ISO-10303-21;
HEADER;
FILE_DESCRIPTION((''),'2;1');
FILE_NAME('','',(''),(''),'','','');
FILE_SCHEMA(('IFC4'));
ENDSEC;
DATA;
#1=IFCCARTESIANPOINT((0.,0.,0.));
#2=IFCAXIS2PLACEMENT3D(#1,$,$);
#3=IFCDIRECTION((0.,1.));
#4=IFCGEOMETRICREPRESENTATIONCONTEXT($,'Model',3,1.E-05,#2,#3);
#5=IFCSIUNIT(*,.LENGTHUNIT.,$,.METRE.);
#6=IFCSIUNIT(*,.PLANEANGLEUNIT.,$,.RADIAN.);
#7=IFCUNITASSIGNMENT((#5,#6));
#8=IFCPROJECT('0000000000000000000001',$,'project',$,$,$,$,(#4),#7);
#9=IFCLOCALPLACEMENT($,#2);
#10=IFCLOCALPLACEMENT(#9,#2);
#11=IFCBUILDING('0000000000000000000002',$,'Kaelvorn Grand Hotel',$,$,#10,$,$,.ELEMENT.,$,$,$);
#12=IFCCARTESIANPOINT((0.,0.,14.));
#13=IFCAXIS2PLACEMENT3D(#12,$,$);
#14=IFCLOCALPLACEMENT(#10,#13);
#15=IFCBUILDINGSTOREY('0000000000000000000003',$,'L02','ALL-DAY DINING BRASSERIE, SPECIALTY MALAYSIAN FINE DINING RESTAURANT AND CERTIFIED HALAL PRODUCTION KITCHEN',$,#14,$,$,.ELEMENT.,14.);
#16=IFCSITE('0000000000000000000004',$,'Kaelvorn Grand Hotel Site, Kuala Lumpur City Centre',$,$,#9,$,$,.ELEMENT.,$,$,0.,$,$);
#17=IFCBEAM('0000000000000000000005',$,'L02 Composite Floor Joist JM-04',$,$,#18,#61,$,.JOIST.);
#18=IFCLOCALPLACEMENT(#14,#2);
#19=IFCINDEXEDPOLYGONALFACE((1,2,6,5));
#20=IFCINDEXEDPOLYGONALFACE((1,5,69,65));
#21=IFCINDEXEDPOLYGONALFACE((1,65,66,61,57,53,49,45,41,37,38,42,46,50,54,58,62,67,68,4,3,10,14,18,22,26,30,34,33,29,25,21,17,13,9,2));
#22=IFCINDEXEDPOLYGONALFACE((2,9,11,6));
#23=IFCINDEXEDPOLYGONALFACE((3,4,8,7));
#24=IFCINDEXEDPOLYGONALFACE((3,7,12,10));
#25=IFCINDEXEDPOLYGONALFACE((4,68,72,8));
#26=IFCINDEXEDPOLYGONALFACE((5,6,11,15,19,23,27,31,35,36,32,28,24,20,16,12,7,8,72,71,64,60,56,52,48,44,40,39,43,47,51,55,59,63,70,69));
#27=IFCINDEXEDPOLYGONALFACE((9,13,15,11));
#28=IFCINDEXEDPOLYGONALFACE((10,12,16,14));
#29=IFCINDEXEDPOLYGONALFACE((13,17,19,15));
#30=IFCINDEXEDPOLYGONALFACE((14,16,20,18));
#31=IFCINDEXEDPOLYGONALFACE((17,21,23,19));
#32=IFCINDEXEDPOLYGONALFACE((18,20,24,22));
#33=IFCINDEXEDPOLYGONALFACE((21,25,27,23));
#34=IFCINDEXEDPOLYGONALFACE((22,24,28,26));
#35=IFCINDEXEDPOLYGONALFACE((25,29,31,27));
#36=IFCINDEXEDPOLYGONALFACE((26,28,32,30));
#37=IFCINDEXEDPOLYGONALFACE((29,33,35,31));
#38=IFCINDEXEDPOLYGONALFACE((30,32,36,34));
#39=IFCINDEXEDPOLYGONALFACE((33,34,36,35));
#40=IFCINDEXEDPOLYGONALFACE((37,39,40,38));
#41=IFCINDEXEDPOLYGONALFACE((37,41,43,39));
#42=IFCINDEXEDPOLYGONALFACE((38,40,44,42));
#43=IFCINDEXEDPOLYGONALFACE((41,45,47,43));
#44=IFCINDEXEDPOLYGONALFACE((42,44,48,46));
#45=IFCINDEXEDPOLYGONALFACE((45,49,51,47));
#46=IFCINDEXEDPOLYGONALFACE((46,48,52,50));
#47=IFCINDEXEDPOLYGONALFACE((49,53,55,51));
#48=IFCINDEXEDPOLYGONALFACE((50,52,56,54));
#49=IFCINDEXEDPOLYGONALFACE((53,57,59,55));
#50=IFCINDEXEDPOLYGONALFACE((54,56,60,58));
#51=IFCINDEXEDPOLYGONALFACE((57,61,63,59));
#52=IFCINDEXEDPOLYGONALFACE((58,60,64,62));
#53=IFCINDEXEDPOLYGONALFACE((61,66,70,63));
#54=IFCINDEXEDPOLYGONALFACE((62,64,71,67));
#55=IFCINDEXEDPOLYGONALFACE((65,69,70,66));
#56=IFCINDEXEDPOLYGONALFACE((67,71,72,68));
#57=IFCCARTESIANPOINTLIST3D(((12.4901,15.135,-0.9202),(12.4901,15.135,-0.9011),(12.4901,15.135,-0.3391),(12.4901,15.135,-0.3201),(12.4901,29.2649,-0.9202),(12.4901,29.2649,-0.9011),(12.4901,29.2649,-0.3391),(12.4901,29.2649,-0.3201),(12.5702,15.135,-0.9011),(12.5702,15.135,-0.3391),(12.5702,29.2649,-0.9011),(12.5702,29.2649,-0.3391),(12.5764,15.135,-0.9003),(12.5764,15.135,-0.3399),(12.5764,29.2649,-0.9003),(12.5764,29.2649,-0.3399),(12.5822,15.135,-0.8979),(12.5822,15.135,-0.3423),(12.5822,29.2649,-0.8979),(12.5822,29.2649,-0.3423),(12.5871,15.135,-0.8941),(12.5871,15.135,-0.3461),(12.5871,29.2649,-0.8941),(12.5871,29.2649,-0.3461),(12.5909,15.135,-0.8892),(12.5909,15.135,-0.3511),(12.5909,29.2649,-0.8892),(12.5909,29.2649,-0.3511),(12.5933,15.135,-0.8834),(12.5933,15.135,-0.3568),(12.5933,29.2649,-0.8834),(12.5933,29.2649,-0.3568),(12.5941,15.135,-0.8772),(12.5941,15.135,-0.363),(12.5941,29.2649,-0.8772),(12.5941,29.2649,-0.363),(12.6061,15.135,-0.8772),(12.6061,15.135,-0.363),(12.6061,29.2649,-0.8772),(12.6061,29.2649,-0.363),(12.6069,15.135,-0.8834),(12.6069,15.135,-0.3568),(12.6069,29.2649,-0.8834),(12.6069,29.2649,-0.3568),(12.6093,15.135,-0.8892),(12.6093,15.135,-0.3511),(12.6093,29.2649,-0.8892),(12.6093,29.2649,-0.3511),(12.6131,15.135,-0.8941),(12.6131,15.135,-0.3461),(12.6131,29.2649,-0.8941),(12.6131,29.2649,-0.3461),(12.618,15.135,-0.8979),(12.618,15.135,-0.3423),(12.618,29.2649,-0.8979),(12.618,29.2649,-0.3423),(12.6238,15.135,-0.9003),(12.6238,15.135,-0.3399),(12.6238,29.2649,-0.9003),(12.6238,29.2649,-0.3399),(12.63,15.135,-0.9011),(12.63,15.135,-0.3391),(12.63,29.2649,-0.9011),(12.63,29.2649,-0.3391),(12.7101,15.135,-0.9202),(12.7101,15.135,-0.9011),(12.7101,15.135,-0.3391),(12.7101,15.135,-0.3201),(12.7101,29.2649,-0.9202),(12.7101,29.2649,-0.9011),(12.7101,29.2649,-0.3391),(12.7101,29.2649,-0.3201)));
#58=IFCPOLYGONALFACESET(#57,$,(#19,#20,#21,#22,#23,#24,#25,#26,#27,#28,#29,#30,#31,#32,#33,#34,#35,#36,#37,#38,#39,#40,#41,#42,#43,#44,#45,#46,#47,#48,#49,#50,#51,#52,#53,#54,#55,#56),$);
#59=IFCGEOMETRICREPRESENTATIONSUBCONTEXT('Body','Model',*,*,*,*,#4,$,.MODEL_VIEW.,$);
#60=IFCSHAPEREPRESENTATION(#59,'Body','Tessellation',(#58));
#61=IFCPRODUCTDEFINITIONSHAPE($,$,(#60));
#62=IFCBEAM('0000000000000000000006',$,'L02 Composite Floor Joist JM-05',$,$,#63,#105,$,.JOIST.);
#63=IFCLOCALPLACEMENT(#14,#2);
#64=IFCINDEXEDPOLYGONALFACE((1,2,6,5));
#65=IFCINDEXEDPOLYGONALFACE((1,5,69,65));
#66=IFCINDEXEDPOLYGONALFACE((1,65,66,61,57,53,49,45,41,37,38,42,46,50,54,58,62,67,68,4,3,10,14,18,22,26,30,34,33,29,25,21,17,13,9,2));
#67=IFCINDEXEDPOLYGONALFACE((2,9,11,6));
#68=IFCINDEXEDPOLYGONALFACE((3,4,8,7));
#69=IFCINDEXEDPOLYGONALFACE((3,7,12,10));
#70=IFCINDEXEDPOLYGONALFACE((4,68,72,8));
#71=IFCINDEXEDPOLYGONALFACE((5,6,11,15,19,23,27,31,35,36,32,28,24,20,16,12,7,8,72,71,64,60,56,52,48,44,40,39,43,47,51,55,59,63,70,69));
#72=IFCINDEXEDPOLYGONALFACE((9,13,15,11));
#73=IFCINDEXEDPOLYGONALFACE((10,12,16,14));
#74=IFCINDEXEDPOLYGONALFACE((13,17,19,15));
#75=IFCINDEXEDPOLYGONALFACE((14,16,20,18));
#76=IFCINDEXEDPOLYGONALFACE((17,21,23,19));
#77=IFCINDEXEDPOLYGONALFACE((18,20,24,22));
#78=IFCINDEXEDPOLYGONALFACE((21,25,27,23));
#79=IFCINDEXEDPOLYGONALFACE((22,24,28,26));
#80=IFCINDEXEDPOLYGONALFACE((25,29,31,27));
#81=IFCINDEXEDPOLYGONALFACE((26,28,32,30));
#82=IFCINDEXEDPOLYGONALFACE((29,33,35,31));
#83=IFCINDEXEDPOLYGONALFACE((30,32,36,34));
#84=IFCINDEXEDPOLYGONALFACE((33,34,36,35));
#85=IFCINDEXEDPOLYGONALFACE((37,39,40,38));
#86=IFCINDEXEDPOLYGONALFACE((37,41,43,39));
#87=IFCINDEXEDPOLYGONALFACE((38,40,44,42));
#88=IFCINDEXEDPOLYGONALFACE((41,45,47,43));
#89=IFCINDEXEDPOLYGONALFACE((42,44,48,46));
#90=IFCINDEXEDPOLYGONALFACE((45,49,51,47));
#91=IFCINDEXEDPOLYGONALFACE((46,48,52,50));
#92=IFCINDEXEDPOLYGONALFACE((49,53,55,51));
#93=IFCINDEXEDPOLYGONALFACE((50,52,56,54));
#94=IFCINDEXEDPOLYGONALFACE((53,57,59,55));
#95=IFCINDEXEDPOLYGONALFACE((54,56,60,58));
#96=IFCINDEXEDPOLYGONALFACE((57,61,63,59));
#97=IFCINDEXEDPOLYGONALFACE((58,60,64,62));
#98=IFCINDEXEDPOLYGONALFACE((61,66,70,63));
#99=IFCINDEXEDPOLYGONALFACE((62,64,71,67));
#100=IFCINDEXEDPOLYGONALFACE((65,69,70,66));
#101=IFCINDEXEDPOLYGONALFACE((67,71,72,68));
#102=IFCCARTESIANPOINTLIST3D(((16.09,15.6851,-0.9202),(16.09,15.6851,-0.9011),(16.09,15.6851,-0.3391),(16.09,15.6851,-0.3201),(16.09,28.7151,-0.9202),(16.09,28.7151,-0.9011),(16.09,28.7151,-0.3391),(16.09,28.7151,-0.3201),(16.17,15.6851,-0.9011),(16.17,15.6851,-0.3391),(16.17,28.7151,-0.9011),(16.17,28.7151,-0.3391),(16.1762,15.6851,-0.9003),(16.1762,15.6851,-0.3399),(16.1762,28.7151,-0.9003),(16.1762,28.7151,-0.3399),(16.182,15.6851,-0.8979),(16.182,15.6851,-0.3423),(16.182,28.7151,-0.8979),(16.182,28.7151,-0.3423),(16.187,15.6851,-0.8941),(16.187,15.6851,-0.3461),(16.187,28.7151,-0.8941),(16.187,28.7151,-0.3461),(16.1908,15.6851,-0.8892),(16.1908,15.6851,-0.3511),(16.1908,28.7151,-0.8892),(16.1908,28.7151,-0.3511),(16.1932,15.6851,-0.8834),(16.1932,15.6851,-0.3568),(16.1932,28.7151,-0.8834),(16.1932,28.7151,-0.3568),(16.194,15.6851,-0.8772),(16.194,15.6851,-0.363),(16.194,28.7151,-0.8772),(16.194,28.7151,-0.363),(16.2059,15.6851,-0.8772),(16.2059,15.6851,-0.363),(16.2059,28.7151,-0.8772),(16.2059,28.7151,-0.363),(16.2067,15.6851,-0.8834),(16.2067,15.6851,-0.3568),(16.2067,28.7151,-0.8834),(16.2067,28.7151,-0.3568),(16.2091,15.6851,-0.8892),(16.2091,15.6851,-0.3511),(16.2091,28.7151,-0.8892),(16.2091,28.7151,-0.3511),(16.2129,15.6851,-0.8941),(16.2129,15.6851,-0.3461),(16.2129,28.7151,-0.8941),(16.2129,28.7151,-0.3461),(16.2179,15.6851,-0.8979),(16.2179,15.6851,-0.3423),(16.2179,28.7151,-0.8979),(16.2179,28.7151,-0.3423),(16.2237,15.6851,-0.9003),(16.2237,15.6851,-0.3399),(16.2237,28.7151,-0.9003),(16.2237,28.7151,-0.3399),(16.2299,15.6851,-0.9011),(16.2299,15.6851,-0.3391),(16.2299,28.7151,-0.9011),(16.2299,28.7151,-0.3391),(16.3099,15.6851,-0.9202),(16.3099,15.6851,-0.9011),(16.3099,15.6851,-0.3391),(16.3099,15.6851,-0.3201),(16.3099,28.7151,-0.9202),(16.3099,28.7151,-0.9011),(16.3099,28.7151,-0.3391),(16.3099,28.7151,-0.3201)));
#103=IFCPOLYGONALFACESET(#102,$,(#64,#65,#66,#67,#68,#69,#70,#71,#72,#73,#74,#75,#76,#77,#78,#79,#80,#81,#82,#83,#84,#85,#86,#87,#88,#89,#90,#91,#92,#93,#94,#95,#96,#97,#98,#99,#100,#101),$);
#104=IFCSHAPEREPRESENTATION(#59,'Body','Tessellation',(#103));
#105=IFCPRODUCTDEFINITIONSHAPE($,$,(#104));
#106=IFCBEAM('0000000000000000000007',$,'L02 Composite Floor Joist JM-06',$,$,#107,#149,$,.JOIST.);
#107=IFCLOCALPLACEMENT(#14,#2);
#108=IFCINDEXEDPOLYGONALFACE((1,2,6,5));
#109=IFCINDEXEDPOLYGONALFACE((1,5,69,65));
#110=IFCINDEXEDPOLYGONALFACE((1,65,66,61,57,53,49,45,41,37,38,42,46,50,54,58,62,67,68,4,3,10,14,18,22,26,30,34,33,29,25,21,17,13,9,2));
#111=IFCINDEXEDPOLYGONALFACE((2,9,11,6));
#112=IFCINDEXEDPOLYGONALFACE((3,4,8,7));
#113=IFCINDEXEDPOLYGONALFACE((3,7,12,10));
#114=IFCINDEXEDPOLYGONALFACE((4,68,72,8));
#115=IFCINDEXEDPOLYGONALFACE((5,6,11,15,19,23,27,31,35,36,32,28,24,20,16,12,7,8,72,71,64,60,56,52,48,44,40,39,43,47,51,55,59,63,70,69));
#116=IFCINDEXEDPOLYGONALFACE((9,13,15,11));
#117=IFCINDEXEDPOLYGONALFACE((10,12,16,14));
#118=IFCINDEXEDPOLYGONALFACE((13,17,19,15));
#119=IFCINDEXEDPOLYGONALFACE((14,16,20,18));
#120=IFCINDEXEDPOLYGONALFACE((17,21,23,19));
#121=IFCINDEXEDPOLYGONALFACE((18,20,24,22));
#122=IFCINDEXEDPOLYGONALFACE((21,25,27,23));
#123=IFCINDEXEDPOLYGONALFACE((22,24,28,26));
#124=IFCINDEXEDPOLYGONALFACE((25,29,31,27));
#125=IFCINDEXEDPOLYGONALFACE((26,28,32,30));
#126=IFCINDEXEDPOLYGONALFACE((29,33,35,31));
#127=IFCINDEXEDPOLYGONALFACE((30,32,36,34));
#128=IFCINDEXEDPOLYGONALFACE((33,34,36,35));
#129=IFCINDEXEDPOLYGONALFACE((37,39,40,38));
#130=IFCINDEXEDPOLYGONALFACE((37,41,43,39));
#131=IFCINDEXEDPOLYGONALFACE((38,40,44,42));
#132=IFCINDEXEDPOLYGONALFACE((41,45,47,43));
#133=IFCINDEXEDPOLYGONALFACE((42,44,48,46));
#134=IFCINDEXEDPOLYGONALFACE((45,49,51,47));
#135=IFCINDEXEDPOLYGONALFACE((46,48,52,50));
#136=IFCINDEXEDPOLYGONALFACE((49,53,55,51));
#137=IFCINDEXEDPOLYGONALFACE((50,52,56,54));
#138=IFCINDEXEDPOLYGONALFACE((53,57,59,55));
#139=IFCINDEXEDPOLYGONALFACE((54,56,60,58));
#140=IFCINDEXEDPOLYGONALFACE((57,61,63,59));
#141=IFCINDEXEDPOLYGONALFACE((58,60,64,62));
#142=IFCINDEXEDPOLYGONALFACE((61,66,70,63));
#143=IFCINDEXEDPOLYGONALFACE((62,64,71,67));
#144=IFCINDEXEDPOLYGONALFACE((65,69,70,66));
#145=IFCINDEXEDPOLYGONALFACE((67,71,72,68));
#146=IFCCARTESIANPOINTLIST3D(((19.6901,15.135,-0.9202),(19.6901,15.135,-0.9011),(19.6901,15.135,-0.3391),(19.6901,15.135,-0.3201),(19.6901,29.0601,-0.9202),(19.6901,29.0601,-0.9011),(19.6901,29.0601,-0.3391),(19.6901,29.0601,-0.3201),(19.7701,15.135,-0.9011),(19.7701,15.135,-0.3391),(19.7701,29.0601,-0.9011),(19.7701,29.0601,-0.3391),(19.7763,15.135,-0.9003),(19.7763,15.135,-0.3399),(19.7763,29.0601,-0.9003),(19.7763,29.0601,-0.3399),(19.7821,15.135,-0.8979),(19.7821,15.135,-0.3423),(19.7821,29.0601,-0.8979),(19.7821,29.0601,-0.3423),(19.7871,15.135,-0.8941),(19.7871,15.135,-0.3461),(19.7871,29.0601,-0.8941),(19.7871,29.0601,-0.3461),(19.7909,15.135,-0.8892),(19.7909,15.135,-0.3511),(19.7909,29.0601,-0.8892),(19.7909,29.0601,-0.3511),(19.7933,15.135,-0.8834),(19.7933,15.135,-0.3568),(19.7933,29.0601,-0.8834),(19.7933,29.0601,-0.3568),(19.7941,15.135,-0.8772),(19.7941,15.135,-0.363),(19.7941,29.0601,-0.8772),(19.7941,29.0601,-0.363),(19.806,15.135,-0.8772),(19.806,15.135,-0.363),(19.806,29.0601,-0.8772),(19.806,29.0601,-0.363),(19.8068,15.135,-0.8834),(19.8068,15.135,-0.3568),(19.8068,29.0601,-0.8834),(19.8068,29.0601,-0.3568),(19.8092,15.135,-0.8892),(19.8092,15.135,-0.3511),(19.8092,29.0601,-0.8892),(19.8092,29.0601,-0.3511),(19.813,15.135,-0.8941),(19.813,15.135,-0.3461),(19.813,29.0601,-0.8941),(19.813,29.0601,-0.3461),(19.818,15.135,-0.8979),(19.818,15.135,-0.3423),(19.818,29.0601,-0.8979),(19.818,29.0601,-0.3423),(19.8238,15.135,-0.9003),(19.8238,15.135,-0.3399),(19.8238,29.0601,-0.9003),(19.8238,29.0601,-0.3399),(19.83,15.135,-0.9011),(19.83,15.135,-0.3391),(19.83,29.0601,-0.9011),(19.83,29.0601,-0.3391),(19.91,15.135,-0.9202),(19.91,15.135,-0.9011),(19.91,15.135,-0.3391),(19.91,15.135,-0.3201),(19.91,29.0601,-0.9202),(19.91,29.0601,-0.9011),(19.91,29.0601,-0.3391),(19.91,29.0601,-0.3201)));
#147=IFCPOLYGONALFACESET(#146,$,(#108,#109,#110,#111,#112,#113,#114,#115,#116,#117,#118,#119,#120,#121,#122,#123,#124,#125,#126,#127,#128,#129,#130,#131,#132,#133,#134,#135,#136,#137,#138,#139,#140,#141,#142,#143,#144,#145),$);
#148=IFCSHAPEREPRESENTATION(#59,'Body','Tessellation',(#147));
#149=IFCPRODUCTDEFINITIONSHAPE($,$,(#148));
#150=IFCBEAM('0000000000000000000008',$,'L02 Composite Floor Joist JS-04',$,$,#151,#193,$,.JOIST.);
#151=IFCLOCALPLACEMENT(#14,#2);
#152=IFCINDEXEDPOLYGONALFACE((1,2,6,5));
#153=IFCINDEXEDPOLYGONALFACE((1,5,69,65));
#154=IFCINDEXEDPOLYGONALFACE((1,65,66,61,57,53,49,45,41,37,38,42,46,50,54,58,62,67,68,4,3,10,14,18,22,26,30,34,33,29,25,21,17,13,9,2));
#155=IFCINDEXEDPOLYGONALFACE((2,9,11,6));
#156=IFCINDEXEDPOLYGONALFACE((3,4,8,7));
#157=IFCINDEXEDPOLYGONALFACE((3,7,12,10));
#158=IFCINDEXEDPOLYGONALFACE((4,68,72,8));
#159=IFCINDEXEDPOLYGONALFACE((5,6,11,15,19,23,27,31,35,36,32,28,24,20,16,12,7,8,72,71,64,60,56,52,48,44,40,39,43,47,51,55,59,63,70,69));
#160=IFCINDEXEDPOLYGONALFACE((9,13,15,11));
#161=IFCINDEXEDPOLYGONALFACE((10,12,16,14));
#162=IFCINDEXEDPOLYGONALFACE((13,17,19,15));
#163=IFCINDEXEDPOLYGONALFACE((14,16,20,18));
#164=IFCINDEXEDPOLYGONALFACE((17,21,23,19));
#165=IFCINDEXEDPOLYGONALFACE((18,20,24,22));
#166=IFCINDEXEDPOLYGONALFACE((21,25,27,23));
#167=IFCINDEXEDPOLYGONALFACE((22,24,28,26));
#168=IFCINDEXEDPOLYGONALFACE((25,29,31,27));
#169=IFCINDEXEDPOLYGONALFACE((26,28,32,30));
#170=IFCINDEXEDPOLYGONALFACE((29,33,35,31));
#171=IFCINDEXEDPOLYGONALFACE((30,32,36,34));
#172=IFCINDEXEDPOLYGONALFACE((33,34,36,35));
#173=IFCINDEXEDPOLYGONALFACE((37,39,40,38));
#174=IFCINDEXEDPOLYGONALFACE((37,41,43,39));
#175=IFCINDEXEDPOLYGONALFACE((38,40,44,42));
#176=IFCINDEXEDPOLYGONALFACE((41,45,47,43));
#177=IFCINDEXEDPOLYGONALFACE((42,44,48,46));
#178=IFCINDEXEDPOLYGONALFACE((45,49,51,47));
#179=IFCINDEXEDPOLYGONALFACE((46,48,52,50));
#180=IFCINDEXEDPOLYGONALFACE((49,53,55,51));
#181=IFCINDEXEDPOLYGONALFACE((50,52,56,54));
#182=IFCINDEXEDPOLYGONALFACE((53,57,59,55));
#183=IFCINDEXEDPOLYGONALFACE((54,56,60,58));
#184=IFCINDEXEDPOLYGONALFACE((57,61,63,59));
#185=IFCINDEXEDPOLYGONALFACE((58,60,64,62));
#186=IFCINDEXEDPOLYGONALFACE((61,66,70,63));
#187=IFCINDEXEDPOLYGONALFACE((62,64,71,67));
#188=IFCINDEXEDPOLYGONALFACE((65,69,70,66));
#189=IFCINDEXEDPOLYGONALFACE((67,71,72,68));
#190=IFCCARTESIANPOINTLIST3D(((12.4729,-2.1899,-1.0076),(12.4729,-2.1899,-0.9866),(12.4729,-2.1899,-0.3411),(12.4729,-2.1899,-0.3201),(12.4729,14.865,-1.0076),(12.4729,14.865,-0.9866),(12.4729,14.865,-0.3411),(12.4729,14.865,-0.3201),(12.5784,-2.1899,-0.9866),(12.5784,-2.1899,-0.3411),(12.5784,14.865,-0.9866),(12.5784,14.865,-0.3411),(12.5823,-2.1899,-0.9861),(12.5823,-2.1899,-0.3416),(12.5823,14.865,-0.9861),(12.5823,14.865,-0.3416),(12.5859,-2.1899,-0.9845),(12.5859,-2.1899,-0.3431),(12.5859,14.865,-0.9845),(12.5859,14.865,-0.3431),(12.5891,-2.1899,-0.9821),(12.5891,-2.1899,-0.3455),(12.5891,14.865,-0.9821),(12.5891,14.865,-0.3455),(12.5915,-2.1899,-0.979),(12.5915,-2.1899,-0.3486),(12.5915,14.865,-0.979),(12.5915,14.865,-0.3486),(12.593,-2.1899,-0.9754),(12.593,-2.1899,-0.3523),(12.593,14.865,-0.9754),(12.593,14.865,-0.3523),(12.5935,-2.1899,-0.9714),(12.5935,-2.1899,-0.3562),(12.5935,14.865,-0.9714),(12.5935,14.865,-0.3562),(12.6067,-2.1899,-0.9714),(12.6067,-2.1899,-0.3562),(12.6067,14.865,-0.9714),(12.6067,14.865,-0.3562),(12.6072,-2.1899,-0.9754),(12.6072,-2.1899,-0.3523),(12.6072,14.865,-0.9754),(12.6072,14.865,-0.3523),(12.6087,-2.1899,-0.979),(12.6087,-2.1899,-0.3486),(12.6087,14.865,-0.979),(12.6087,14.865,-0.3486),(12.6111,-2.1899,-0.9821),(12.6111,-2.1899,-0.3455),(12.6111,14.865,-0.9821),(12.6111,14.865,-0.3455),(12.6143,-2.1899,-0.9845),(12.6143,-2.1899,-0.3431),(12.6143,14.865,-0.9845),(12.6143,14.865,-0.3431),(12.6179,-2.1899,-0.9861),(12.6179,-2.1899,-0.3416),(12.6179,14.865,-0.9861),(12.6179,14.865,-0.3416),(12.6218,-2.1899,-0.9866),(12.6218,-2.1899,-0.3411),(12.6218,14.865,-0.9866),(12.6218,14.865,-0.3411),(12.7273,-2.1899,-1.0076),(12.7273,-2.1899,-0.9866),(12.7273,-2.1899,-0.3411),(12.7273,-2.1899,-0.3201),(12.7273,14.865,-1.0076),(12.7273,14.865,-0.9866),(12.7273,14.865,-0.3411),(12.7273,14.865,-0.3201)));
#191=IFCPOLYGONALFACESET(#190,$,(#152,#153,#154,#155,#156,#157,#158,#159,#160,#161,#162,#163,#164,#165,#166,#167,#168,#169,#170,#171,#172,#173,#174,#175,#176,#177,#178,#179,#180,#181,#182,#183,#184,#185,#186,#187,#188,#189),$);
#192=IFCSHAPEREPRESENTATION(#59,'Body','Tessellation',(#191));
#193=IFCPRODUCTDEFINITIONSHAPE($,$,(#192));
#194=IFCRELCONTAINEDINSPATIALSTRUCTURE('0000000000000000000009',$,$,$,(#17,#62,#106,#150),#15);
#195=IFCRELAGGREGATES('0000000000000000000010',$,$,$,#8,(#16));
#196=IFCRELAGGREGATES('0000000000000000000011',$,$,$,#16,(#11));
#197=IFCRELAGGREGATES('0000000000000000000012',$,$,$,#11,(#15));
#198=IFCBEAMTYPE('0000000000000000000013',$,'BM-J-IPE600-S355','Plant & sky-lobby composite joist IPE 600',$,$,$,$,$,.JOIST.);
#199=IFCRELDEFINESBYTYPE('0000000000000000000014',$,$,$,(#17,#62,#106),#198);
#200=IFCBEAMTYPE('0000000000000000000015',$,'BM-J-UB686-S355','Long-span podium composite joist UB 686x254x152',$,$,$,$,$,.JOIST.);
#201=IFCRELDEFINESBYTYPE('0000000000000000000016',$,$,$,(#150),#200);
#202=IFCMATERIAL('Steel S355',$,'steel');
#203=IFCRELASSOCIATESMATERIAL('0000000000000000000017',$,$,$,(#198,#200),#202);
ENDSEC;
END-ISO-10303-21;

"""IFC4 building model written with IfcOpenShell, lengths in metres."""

from ifc_helpers import new_model, si_unit, direction, frame, origin, origin_2d, place, context, subcontext, project, spatial, i_section, extrude, material, material_profile, profile_set, type_object, element, save


model = new_model("IFC4")

# Units and contexts
model_context = context("Model", 3, precision=1e-05, world=origin(), true_north=direction((0.0, 1.0)))
body_context = subcontext(model_context, "Body", "Model", "MODEL_VIEW")
ifc_project = project(units=[si_unit("LENGTHUNIT", "METRE"), si_unit("PLANEANGLEUNIT", "RADIAN")], contexts=[model_context])

# Site, building, storey
site_placement = place(None, origin())
site = spatial("IfcSite", under=ifc_project, at=site_placement, Name="Kaelvorn Grand Hotel Site, Kuala Lumpur City Centre", CompositionType="ELEMENT", RefElevation=0.0)
building_placement = place(site_placement, origin())
building = spatial("IfcBuilding", under=site, at=building_placement, Name="Kaelvorn Grand Hotel", CompositionType="ELEMENT")
storey_placement = place(building_placement, frame((0.0, 0.0, 14.0)))
storey = spatial("IfcBuildingStorey", under=building, at=storey_placement, Name="L02", Description="ALL-DAY DINING BRASSERIE, SPECIALTY MALAYSIAN FINE DINING RESTAURANT AND CERTIFIED HALAL PRODUCTION KITCHEN", CompositionType="ELEMENT", Elevation=14.0)

# Beams
ifc_material_1 = material(Name="Steel S355", Category="steel")
ifc_material_profile_1 = material_profile(ifc_material_1, i_section(OverallWidth=0.22, OverallDepth=0.6001, WebThickness=0.012, FlangeThickness=0.019, FilletRadius=0.0239, at=origin_2d()), Name="IPE 600")
ifc_profile_set_1 = profile_set([ifc_material_profile_1], Name="Steel S355")
beam_type_1 = type_object("IfcBeamType", Name="BM-J-IPE600-S355", Description="Plant & sky-lobby composite joist IPE 600", PredefinedType="JOIST", material=ifc_profile_set_1)
beam_1_placement = place(storey_placement, frame((12.6001, 15.135, -0.6201), z_axis=(0.0, 1.0, 0.0), x_axis=(-1.0, 0.0, 0.0)))
element("IfcBeam", 1, at=beam_1_placement, inside=storey, type_object=beam_type_1, Name="L02 Composite Floor Joist JM-04", PredefinedType="JOIST", context=body_context, shape_type="SweptSolid", body=[
    extrude(i_section(OverallWidth=0.22, OverallDepth=0.6001, WebThickness=0.012, FlangeThickness=0.019, FilletRadius=0.0239, at=origin_2d()), origin(), (0.0, 0.0, 1.0), 14.1299),
])
beam_2_placement = place(storey_placement, frame((16.2, 15.6851, -0.6201), z_axis=(0.0, 1.0, 0.0), x_axis=(-1.0, 0.0, 0.0)))
element("IfcBeam", 2, at=beam_2_placement, inside=storey, type_object=beam_type_1, Name="L02 Composite Floor Joist JM-05", PredefinedType="JOIST", context=body_context, shape_type="SweptSolid", body=[
    extrude(i_section(OverallWidth=0.22, OverallDepth=0.6001, WebThickness=0.012, FlangeThickness=0.019, FilletRadius=0.0239, at=origin_2d()), origin(), (0.0, 0.0, 1.0), 13.03),
])
beam_3_placement = place(storey_placement, frame((19.8, 15.135, -0.6201), z_axis=(0.0, 1.0, 0.0), x_axis=(-1.0, 0.0, 0.0)))
element("IfcBeam", 3, at=beam_3_placement, inside=storey, type_object=beam_type_1, Name="L02 Composite Floor Joist JM-06", PredefinedType="JOIST", context=body_context, shape_type="SweptSolid", body=[
    extrude(i_section(OverallWidth=0.22, OverallDepth=0.6001, WebThickness=0.012, FlangeThickness=0.019, FilletRadius=0.0239, at=origin_2d()), origin(), (0.0, 0.0, 1.0), 13.925),
])
ifc_material_profile_2 = material_profile(ifc_material_1, i_section(OverallWidth=0.2544, OverallDepth=0.6875, WebThickness=0.0132, FlangeThickness=0.021, FilletRadius=0.0151, at=origin_2d()), Name="UB 686x254x152")
ifc_profile_set_2 = profile_set([ifc_material_profile_2], Name="Steel S355")
beam_type_2 = type_object("IfcBeamType", Name="BM-J-UB686-S355", Description="Long-span podium composite joist UB 686x254x152", PredefinedType="JOIST", material=ifc_profile_set_2)
beam_4_placement = place(storey_placement, frame((12.6001, -2.1899, -0.6638), z_axis=(0.0, 1.0, 0.0), x_axis=(-1.0, 0.0, 0.0)))
element("IfcBeam", 4, at=beam_4_placement, inside=storey, type_object=beam_type_2, Name="L02 Composite Floor Joist JS-04", PredefinedType="JOIST", context=body_context, shape_type="SweptSolid", body=[
    extrude(i_section(OverallWidth=0.2544, OverallDepth=0.6875, WebThickness=0.0132, FlangeThickness=0.021, FilletRadius=0.0151, at=origin_2d()), origin(), (0.0, 0.0, 1.0), 17.0549),
])

save(model, "model.ifc")
